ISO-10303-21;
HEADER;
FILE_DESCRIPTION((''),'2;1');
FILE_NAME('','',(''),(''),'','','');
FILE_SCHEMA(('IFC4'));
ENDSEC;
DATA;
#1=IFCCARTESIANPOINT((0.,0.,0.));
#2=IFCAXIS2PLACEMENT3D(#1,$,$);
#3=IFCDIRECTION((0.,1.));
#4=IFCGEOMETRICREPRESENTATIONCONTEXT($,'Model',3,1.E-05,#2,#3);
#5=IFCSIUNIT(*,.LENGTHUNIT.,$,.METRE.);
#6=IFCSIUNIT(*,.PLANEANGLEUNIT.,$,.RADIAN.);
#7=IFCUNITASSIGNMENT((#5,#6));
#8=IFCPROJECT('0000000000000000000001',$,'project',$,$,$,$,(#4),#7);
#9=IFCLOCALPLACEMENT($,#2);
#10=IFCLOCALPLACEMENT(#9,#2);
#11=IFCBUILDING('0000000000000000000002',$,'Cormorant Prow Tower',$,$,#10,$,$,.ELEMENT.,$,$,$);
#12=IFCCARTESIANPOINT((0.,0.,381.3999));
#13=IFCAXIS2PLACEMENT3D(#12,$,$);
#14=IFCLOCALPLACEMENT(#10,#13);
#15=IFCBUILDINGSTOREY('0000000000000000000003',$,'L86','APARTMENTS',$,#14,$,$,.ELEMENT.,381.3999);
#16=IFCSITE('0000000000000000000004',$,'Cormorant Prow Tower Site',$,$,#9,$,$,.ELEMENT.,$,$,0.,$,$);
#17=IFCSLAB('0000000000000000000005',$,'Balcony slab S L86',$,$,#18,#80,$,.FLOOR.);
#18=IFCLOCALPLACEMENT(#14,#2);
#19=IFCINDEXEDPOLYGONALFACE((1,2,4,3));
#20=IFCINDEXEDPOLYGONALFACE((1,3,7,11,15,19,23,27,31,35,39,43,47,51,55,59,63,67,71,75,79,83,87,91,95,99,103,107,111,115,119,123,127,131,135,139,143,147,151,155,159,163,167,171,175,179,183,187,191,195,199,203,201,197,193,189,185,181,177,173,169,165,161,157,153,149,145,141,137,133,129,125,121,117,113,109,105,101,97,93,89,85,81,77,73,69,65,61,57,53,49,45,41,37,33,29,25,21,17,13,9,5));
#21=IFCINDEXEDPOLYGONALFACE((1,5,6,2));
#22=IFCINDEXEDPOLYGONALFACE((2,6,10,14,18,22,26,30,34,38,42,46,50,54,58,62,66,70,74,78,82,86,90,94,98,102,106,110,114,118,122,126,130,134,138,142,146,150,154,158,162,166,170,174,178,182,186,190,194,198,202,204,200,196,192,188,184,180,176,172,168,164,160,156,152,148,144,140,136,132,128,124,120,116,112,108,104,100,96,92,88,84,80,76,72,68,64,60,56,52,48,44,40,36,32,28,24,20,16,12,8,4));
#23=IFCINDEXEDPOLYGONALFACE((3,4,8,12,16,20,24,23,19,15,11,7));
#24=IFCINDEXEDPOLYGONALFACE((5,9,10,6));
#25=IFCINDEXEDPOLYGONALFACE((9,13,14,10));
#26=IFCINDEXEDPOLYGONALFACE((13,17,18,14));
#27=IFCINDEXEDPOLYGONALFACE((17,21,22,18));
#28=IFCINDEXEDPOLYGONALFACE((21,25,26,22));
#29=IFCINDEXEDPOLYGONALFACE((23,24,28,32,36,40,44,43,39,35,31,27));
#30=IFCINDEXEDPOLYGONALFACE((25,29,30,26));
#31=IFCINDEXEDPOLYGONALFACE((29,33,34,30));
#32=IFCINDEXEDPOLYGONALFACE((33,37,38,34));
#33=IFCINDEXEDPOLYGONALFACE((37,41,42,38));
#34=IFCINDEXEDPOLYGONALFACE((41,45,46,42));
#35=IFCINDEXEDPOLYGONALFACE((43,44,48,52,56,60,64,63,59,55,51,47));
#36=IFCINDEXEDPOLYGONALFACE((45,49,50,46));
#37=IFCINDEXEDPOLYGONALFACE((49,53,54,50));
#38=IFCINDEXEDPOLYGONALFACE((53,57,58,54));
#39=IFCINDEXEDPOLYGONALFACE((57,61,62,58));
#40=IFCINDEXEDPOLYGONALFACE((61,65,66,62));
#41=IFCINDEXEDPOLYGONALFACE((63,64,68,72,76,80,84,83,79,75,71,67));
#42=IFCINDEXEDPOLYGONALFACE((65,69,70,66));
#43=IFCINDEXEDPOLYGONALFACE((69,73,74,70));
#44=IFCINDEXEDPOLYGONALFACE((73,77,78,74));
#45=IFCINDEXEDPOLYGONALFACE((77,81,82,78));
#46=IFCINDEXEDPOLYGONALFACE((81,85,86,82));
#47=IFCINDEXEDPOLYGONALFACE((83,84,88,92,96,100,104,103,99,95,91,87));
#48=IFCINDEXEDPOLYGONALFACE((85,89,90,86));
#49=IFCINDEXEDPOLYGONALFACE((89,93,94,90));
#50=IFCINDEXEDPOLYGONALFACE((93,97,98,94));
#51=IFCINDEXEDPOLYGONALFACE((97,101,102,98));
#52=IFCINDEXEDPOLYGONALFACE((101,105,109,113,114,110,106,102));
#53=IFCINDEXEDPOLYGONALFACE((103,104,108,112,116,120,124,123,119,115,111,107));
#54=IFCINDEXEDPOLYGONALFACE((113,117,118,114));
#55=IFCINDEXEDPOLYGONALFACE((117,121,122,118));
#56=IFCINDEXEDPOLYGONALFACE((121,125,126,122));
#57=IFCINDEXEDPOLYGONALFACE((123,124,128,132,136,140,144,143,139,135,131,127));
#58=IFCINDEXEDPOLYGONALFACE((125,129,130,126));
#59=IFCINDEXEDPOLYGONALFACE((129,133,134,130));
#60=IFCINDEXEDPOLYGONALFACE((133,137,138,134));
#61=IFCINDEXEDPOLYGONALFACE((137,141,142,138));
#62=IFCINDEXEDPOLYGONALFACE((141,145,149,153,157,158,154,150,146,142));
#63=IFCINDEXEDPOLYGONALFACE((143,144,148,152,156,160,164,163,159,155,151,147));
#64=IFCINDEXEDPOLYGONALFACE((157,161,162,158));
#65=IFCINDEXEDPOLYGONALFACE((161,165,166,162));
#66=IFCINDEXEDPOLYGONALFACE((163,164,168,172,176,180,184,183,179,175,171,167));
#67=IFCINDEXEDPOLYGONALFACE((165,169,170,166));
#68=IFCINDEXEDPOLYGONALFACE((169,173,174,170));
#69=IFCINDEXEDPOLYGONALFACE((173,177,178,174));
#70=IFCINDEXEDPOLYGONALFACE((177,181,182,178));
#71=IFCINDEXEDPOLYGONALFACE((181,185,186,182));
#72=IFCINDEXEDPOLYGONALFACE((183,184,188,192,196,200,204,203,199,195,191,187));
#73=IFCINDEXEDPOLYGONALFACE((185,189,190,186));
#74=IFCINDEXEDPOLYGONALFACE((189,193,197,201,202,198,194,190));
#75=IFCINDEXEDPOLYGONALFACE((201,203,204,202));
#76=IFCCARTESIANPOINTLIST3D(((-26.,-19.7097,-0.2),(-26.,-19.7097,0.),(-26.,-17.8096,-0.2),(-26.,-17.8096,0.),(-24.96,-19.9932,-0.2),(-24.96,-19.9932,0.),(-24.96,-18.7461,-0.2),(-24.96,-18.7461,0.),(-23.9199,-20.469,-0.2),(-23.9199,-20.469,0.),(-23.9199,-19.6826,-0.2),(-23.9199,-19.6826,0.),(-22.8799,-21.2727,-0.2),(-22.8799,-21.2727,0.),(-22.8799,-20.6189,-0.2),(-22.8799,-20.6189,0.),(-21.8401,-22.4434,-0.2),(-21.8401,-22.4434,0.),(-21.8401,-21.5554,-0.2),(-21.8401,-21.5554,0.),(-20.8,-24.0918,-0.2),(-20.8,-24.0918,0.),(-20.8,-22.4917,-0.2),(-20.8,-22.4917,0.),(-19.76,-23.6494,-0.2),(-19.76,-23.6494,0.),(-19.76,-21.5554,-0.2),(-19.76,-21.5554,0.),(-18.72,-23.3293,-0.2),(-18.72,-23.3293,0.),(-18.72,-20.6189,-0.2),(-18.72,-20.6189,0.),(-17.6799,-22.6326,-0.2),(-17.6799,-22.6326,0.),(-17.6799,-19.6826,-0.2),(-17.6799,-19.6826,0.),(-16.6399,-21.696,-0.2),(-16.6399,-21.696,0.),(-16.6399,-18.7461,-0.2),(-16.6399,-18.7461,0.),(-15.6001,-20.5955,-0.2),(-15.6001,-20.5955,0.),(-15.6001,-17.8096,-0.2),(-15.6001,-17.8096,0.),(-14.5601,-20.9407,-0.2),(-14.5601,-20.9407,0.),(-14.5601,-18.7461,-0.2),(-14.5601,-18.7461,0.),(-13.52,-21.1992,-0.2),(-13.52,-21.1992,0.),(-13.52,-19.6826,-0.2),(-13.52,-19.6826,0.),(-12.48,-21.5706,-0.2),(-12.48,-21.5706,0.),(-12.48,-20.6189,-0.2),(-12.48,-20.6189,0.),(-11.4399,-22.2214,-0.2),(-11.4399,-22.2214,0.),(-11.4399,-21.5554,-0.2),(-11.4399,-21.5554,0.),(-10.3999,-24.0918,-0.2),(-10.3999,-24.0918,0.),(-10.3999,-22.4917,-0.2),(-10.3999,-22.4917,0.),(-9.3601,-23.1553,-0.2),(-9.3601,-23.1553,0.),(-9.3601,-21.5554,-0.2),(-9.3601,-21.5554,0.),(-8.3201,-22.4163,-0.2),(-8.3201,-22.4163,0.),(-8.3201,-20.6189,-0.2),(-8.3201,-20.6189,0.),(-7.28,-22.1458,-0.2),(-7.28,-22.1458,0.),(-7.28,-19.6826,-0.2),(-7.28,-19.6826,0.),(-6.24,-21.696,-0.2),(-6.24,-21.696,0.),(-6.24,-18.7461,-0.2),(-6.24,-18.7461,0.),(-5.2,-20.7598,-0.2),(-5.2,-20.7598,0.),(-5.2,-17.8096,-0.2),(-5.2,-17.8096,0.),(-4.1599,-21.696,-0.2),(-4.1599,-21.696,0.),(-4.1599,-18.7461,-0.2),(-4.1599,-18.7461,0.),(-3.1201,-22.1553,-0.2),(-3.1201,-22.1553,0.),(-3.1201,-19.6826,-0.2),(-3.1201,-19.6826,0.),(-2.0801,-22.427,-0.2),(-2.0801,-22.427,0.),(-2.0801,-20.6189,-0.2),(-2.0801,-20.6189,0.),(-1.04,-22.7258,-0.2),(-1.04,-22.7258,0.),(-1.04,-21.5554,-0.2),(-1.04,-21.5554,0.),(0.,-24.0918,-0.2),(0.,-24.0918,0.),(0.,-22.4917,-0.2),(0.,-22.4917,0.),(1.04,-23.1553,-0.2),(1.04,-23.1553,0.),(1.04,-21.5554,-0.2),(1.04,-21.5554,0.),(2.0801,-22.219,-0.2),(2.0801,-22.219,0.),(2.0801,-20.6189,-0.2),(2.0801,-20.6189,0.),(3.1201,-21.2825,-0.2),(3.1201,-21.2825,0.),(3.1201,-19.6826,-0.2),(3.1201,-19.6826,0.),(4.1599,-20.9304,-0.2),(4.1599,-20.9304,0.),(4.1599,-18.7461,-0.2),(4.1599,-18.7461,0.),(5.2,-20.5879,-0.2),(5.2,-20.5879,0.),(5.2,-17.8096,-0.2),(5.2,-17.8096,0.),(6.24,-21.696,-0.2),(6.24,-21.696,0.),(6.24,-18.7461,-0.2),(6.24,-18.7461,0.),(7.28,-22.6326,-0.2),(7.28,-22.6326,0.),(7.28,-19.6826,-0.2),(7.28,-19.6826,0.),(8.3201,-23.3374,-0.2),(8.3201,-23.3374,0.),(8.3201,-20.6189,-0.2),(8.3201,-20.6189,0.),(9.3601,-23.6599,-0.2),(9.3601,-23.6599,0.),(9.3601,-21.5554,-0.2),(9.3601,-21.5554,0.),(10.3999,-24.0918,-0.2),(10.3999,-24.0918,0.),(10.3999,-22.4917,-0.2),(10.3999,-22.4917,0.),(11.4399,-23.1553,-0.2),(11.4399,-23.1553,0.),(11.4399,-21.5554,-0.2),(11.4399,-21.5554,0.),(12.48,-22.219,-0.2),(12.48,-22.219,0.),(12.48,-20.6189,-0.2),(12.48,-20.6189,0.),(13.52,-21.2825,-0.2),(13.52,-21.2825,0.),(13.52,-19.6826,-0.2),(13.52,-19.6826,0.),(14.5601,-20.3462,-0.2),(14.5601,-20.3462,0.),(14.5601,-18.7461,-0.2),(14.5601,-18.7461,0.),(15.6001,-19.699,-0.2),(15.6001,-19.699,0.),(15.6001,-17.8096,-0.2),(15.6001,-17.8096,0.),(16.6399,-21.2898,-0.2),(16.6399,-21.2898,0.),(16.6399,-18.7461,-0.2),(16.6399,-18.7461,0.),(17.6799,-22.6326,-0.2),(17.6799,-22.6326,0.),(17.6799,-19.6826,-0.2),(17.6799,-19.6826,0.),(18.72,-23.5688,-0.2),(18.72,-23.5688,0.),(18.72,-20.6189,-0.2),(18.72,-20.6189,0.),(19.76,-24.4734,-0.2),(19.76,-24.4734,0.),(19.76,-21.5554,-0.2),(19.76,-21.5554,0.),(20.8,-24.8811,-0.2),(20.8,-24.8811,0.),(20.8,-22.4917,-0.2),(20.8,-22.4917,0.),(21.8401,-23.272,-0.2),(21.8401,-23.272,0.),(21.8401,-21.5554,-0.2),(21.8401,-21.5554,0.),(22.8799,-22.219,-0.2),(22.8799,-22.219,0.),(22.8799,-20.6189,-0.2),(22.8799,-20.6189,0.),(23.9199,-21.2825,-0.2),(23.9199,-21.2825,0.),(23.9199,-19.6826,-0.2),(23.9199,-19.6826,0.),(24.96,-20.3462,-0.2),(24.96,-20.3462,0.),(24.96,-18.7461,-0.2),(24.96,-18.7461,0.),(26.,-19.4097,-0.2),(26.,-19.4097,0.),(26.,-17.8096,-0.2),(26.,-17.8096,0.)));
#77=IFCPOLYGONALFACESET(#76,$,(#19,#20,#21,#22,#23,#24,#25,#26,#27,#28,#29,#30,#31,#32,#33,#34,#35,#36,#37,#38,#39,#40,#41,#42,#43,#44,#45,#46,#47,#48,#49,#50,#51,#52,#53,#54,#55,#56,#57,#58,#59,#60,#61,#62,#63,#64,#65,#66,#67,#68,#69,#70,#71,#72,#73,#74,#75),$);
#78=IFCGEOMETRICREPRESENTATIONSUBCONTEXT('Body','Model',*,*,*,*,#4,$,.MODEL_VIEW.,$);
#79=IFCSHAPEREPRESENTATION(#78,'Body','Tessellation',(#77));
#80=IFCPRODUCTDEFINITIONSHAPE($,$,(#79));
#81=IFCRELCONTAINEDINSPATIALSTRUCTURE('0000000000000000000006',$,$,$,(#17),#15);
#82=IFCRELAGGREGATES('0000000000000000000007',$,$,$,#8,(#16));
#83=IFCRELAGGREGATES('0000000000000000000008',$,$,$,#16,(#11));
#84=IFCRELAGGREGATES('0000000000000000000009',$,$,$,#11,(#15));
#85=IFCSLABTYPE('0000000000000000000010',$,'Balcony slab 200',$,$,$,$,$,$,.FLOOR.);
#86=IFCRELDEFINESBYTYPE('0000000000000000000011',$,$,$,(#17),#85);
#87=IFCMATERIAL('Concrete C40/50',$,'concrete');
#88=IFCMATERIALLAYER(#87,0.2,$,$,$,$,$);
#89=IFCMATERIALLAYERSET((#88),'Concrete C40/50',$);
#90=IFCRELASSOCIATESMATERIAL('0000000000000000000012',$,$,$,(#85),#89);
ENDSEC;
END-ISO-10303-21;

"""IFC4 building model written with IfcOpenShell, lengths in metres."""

from ifc_helpers import new_model, si_unit, direction, frame, origin, place, context, subcontext, project, spatial, polyline, outline, extrude, material, layer, layer_set, type_object, element, save


model = new_model("IFC4")

# Units and contexts
model_context = context("Model", 3, precision=1e-05, world=origin(), true_north=direction((0.0, 1.0)))
body_context = subcontext(model_context, "Body", "Model", "MODEL_VIEW")
ifc_project = project(units=[si_unit("LENGTHUNIT", "METRE"), si_unit("PLANEANGLEUNIT", "RADIAN")], contexts=[model_context])

# Site, building, storey
site_placement = place(None, origin())
site = spatial("IfcSite", under=ifc_project, at=site_placement, Name="Cormorant Prow Tower Site", CompositionType="ELEMENT", RefElevation=0.0)
building_placement = place(site_placement, origin())
building = spatial("IfcBuilding", under=site, at=building_placement, Name="Cormorant Prow Tower", CompositionType="ELEMENT")
storey_placement = place(building_placement, frame((0.0, 0.0, 381.3999)))
storey = spatial("IfcBuildingStorey", under=building, at=storey_placement, Name="L86", Description="APARTMENTS", CompositionType="ELEMENT", Elevation=381.3999)

# Slab
ifc_material_1 = material(Name="Concrete C40/50", Category="concrete")
ifc_layer_1 = layer(ifc_material_1, 0.2)
ifc_layer_set_1 = layer_set([ifc_layer_1], Name="Concrete C40/50")
slab_type_1 = type_object("IfcSlabType", Name="Balcony slab 200", PredefinedType="FLOOR", material=ifc_layer_set_1)
slab_1_placement = place(storey_placement, frame((0.0, 0.0, -0.2)))
element("IfcSlab", 1, at=slab_1_placement, inside=storey, type_object=slab_type_1, Name="Balcony slab S L86", PredefinedType="FLOOR", context=body_context, shape_type="SweptSolid", body=[
    extrude(outline(polyline([(-26.0, -17.8096), (-26.0, -19.7097), (-24.96, -19.9932), (-23.9199, -20.469), (-22.8799, -21.2727), (-21.8401, -22.4434), (-20.8, -24.0918), (-19.76, -23.6494), (-18.72, -23.3293), (-17.6799, -22.6326), (-16.6399, -21.696), (-15.6001, -20.5955), (-14.5601, -20.9407), (-13.52, -21.1992), (-12.48, -21.5706), (-11.4399, -22.2214), (-10.3999, -24.0918), (-9.3601, -23.1553), (-8.3201, -22.4163), (-7.28, -22.1458), (-6.24, -21.696), (-5.2, -20.7598), (-4.1599, -21.696), (-3.1201, -22.1553), (-2.0801, -22.427), (-1.04, -22.7258), (0.0, -24.0918), (1.04, -23.1553), (2.0801, -22.219), (3.1201, -21.2825), (4.1599, -20.9304), (5.2, -20.5879), (6.24, -21.696), (7.28, -22.6326), (8.3201, -23.3374), (9.3601, -23.6599), (10.3999, -24.0918), (11.4399, -23.1553), (12.48, -22.219), (13.52, -21.2825), (14.5601, -20.3462), (15.6001, -19.699), (16.6399, -21.2898), (17.6799, -22.6326), (18.72, -23.5688), (19.76, -24.4734), (20.8, -24.8811), (21.8401, -23.272), (22.8799, -22.219), (23.9199, -21.2825), (24.96, -20.3462), (26.0, -19.4097), (26.0, -17.8096), (24.96, -18.7461), (23.9199, -19.6826), (22.8799, -20.6189), (21.8401, -21.5554), (20.8, -22.4917), (19.76, -21.5554), (18.72, -20.6189), (17.6799, -19.6826), (16.6399, -18.7461), (15.6001, -17.8096), (14.5601, -18.7461), (13.52, -19.6826), (12.48, -20.6189), (11.4399, -21.5554), (10.3999, -22.4917), (9.3601, -21.5554), (8.3201, -20.6189), (7.28, -19.6826), (6.24, -18.7461), (5.2, -17.8096), (4.1599, -18.7461), (3.1201, -19.6826), (2.0801, -20.6189), (1.04, -21.5554), (0.0, -22.4917), (-1.04, -21.5554), (-2.0801, -20.6189), (-3.1201, -19.6826), (-4.1599, -18.7461), (-5.2, -17.8096), (-6.24, -18.7461), (-7.28, -19.6826), (-8.3201, -20.6189), (-9.3601, -21.5554), (-10.3999, -22.4917), (-11.4399, -21.5554), (-12.48, -20.6189), (-13.52, -19.6826), (-14.5601, -18.7461), (-15.6001, -17.8096), (-16.6399, -18.7461), (-17.6799, -19.6826), (-18.72, -20.6189), (-19.76, -21.5554), (-20.8, -22.4917), (-21.8401, -21.5554), (-22.8799, -20.6189), (-23.9199, -19.6826), (-24.96, -18.7461), (-26.0, -17.8096)])), origin(), (0.0, 0.0, 1.0), 0.2),
])

save(model, "model.ifc")
